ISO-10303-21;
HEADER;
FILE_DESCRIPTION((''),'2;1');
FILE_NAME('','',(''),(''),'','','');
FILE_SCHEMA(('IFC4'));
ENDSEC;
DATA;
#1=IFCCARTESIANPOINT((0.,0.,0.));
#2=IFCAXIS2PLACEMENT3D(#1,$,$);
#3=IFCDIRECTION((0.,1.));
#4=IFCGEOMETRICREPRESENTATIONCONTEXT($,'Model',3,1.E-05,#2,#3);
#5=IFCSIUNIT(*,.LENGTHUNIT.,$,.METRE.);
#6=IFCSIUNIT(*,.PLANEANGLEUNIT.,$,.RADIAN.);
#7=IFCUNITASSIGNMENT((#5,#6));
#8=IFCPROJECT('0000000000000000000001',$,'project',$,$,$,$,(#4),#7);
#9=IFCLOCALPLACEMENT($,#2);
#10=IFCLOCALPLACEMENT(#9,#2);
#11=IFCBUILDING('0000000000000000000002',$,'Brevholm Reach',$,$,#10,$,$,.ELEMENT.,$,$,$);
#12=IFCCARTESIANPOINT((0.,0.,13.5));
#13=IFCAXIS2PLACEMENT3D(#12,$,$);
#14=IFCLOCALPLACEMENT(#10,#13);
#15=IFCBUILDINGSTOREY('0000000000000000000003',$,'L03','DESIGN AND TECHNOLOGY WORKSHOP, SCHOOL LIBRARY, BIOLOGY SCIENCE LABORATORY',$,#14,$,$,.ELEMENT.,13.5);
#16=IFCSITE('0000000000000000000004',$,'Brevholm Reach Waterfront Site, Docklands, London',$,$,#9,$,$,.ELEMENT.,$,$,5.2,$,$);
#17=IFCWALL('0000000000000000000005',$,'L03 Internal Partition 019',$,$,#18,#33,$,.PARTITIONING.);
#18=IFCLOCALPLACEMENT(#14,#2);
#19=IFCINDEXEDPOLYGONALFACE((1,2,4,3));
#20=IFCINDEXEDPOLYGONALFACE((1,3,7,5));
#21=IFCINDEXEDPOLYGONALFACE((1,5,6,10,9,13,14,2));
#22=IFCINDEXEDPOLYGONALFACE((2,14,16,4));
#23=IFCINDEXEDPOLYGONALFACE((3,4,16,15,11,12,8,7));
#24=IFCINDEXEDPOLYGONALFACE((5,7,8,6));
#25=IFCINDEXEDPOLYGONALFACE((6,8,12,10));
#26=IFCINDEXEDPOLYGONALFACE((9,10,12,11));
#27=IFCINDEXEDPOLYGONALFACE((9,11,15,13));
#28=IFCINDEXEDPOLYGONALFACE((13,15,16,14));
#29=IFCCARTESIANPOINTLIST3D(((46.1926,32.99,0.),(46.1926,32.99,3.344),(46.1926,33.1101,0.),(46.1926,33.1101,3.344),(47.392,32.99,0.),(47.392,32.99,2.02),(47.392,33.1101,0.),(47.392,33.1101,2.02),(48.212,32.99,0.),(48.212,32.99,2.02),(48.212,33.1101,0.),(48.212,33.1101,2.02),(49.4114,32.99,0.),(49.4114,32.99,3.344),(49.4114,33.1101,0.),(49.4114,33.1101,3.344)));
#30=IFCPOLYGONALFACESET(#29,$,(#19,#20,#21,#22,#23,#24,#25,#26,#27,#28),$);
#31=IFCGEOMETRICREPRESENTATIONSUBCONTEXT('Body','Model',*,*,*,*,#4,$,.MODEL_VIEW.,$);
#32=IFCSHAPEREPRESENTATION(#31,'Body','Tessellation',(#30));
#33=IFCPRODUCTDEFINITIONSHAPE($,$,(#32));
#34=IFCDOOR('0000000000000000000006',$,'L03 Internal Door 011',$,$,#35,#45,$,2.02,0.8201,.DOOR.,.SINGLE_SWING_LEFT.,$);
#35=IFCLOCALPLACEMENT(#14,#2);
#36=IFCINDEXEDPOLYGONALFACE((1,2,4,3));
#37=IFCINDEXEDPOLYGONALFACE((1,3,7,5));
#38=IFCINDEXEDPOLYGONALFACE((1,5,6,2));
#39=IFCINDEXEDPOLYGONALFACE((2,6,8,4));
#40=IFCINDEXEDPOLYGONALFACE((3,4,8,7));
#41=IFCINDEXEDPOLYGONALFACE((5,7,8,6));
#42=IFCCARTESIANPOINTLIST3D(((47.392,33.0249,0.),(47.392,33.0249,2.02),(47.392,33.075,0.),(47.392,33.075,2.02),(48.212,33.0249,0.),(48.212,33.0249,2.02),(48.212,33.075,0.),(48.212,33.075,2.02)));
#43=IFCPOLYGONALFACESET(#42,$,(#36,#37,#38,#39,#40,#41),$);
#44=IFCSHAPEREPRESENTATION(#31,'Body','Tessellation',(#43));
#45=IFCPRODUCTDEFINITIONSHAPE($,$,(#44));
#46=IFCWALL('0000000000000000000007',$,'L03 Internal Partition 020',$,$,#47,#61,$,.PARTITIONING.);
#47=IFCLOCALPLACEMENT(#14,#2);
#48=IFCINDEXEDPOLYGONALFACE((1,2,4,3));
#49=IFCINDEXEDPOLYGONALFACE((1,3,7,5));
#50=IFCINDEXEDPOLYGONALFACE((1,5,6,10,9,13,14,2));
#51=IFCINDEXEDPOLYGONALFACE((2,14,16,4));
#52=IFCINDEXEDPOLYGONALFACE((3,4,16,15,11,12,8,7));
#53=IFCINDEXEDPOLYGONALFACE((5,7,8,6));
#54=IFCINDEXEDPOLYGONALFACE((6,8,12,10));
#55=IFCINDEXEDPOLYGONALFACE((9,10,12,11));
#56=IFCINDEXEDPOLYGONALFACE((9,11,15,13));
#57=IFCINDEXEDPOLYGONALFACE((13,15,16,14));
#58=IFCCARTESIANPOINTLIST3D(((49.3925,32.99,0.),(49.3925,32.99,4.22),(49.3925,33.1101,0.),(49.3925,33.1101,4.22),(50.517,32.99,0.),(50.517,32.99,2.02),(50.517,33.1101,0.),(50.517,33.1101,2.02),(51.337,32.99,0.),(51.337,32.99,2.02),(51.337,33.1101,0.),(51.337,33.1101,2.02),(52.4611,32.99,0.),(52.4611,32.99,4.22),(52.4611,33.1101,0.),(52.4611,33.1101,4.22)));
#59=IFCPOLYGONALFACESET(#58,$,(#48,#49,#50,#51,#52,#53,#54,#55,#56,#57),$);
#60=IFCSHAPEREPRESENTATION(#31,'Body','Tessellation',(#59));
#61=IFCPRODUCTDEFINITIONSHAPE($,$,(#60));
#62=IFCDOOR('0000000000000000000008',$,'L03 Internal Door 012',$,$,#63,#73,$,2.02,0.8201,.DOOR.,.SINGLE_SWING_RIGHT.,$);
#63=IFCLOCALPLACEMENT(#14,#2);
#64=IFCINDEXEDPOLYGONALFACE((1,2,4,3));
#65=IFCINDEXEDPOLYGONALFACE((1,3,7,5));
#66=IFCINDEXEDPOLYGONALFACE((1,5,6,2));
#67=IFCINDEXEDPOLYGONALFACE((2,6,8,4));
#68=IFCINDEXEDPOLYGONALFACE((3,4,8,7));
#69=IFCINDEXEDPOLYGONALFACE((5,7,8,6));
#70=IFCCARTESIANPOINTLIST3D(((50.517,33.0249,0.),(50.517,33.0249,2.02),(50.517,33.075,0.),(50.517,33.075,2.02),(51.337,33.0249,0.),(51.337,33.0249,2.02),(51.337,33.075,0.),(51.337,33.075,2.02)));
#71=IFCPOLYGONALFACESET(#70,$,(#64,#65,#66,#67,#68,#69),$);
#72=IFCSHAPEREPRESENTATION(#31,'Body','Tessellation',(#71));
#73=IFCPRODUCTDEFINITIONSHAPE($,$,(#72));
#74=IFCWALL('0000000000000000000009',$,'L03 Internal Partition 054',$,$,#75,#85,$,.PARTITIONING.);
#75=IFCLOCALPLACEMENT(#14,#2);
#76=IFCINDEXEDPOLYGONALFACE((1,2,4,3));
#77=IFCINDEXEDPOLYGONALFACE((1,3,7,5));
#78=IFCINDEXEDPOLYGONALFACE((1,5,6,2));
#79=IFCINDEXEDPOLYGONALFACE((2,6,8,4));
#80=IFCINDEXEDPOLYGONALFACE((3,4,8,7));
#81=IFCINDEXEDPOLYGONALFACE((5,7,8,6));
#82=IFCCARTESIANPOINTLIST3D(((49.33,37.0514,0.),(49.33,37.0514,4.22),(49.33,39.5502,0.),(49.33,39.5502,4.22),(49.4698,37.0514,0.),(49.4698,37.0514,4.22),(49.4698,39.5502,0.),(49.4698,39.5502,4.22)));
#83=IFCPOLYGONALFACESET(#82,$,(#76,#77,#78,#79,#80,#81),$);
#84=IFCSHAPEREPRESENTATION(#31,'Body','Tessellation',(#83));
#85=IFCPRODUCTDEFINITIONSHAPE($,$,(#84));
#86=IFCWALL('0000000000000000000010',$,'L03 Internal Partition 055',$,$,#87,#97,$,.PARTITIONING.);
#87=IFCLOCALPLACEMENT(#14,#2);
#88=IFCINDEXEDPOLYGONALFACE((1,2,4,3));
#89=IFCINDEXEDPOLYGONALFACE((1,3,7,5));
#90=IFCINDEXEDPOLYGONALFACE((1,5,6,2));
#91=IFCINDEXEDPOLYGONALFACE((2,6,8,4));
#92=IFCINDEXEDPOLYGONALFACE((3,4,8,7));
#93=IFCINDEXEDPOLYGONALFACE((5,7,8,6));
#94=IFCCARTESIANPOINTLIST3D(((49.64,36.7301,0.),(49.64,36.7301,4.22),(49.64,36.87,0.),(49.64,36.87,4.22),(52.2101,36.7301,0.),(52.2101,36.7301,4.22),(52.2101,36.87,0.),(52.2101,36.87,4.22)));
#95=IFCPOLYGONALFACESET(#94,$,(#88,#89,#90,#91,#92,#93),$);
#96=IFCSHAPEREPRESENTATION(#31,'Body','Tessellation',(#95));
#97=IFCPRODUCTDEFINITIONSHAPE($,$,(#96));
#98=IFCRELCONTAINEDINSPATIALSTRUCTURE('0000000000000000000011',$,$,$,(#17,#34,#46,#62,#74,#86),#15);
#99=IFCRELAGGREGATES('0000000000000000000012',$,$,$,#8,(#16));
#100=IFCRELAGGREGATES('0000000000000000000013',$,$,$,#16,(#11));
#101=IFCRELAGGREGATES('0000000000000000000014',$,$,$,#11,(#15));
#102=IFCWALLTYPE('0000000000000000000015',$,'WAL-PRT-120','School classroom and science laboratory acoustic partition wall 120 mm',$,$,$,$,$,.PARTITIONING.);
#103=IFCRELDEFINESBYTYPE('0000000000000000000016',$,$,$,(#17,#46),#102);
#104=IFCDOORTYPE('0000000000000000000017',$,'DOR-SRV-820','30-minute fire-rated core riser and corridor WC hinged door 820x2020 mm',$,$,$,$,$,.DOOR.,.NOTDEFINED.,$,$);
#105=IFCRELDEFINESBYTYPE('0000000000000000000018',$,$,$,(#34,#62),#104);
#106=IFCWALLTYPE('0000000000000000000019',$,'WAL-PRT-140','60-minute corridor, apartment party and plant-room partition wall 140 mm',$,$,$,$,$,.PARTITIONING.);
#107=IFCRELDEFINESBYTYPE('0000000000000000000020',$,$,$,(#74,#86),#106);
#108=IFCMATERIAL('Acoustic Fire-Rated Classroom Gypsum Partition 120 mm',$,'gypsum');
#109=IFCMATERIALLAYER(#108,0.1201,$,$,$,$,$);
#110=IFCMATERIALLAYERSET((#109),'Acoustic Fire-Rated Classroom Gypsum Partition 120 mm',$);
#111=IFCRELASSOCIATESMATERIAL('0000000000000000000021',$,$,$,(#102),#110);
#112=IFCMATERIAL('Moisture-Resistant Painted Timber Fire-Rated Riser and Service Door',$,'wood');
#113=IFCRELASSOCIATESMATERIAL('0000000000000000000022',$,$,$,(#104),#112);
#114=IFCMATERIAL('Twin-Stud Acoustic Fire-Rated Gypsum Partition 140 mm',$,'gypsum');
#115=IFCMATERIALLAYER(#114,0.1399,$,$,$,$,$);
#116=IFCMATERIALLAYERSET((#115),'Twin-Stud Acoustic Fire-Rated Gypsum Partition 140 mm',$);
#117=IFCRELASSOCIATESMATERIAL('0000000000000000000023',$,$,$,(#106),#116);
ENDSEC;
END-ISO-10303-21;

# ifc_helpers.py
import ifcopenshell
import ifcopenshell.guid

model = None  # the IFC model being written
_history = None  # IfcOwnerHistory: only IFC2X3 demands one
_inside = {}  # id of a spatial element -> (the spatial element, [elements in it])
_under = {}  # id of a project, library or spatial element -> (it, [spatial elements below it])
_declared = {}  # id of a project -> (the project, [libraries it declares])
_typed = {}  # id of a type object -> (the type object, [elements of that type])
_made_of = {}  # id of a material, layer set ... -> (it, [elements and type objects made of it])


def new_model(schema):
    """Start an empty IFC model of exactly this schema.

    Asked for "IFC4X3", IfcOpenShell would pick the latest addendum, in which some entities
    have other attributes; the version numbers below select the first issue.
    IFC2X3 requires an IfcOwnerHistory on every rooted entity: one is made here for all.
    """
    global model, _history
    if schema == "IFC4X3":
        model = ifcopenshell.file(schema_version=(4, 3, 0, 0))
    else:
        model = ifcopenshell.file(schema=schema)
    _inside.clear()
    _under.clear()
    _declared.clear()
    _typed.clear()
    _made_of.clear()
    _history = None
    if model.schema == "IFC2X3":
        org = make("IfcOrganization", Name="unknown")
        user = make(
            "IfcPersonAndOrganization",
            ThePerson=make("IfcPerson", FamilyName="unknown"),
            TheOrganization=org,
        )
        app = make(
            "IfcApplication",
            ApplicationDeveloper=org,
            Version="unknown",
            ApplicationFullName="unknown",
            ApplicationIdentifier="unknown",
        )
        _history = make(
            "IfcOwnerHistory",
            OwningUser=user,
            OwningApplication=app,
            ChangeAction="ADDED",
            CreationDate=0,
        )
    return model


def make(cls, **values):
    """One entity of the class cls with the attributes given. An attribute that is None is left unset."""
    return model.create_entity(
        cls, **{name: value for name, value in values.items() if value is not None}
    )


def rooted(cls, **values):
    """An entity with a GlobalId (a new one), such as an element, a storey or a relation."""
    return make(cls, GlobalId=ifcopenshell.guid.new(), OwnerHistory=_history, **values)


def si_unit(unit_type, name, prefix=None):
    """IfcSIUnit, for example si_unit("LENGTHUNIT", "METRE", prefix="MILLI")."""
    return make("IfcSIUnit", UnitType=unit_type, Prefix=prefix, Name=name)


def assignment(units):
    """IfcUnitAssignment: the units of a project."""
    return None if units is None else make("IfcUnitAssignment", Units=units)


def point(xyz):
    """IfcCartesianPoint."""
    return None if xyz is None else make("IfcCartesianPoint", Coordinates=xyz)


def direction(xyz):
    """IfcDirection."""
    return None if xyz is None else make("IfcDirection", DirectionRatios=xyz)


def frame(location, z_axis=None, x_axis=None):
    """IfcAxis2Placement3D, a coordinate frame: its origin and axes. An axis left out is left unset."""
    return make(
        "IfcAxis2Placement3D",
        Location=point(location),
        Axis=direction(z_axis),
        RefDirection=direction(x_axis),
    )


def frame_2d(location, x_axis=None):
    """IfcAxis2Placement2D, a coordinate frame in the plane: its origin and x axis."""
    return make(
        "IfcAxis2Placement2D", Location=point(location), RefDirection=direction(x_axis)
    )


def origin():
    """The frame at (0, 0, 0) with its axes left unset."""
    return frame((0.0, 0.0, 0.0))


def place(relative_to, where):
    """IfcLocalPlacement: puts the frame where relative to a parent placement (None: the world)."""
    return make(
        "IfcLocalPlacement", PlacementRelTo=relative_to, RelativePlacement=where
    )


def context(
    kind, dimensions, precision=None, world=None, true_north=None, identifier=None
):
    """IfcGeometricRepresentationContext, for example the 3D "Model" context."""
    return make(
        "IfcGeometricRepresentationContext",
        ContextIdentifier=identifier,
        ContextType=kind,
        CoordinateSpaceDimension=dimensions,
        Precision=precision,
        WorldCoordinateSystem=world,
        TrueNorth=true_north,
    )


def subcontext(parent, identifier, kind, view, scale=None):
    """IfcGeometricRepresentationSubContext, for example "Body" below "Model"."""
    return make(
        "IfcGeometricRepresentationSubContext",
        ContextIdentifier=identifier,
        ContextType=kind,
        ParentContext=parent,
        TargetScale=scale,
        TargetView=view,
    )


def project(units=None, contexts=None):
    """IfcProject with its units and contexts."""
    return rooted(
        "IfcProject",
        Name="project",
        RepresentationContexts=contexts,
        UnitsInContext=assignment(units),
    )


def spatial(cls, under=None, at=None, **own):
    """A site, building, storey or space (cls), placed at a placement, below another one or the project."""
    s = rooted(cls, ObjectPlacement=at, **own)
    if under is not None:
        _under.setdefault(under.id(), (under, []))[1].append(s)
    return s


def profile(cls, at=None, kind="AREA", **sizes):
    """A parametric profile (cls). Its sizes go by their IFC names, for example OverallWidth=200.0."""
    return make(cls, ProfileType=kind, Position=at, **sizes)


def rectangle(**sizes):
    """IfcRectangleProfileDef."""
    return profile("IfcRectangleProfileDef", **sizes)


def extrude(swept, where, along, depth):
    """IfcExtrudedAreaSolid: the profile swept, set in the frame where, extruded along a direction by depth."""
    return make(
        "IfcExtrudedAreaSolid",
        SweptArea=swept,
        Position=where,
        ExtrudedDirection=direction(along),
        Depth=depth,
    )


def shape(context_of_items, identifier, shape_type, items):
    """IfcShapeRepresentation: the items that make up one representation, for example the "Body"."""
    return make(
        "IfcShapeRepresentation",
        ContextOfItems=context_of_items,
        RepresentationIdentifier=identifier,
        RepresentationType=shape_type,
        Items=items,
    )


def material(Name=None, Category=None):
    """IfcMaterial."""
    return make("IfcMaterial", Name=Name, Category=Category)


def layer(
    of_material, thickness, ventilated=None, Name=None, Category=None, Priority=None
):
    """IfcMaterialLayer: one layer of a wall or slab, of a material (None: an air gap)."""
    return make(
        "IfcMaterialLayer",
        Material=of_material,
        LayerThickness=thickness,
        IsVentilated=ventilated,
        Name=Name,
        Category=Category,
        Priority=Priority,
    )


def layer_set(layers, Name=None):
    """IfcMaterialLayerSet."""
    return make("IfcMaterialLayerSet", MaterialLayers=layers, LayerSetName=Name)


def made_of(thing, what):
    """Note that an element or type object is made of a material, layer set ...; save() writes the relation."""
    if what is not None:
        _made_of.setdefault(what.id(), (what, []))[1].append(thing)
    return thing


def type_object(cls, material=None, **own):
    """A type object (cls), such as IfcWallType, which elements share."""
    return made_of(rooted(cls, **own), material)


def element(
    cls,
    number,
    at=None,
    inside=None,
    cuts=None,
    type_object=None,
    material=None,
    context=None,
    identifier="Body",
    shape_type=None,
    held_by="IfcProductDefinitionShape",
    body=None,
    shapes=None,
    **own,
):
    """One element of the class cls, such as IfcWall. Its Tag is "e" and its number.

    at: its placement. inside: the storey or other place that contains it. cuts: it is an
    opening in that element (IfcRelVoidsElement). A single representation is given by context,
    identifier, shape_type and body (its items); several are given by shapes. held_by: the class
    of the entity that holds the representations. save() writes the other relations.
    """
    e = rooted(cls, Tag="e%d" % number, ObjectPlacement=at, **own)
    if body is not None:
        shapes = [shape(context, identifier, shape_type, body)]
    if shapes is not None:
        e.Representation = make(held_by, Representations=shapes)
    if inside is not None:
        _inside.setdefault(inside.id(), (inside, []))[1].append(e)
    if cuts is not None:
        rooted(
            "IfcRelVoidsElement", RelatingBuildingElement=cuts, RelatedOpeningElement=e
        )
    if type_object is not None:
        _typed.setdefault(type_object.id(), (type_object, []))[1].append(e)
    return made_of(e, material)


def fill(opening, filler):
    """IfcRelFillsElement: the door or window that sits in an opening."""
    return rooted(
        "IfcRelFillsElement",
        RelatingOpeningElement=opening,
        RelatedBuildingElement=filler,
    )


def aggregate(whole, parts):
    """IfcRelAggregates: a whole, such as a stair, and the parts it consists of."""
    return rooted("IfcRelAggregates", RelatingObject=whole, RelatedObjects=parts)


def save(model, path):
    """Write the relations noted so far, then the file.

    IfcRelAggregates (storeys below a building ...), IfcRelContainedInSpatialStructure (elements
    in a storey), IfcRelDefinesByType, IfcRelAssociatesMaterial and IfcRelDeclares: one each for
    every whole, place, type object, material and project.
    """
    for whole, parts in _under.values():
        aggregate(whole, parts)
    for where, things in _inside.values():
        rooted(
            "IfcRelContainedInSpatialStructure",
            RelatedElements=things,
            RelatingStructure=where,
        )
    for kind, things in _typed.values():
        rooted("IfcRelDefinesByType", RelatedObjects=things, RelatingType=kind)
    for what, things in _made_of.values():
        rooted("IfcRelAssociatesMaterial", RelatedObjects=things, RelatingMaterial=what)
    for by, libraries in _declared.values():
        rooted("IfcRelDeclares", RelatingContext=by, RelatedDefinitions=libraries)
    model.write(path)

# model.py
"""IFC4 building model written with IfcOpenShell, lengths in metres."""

from ifc_helpers import new_model, si_unit, direction, frame, frame_2d, origin, place, context, subcontext, project, spatial, rectangle, extrude, material, layer, layer_set, type_object, element, fill, save


model = new_model("IFC4")

# Units and contexts
model_context = context("Model", 3, precision=1e-05, world=origin(), true_north=direction((0.0, 1.0)))
body_context = subcontext(model_context, "Body", "Model", "MODEL_VIEW")
ifc_project = project(units=[si_unit("LENGTHUNIT", "METRE"), si_unit("PLANEANGLEUNIT", "RADIAN")], contexts=[model_context])

# Site, building, storey
site_placement = place(None, origin())
site = spatial("IfcSite", under=ifc_project, at=site_placement, Name="Brevholm Reach Waterfront Site, Docklands, London", CompositionType="ELEMENT", RefElevation=5.2)
building_placement = place(site_placement, origin())
building = spatial("IfcBuilding", under=site, at=building_placement, Name="Brevholm Reach", CompositionType="ELEMENT")
storey_placement = place(building_placement, frame((0.0, 0.0, 13.5)))
storey = spatial("IfcBuildingStorey", under=building, at=storey_placement, Name="L03", Description="DESIGN AND TECHNOLOGY WORKSHOP, SCHOOL LIBRARY, BIOLOGY SCIENCE LABORATORY", CompositionType="ELEMENT", Elevation=13.5)

# Shared definitions
ifc_material_1 = material(Name="Acoustic Fire-Rated Classroom Gypsum Partition 120 mm", Category="gypsum")
ifc_layer_1 = layer(ifc_material_1, 0.1201)
ifc_layer_set_1 = layer_set([ifc_layer_1], Name="Acoustic Fire-Rated Classroom Gypsum Partition 120 mm")
wall_type_1 = type_object("IfcWallType", Name="WAL-PRT-120", Description="School classroom and science laboratory acoustic partition wall 120 mm", PredefinedType="PARTITIONING", material=ifc_layer_set_1)

# Walls, openings, doors
wall_1_placement = place(storey_placement, frame((46.1926, 33.05, 0.0), z_axis=(0.0, 0.0, 1.0), x_axis=(1.0, 0.0, 0.0)))
wall_1 = element("IfcWall", 1, at=wall_1_placement, inside=storey, type_object=wall_type_1, Name="L03 Internal Partition 019", PredefinedType="PARTITIONING", context=body_context, shape_type="SweptSolid", body=[
    extrude(rectangle(XDim=3.2188, YDim=0.1201, at=frame_2d((1.6094, 0.0))), origin(), (0.0, 0.0, 1.0), 3.344),
])
opening_1_placement = place(wall_1_placement, frame((1.1992, 0.0, 0.0)))
opening_1 = element("IfcOpeningElement", 2, at=opening_1_placement, cuts=wall_1, PredefinedType="OPENING", context=body_context, shape_type="SweptSolid", body=[
    extrude(rectangle(XDim=0.8201, YDim=2.02, at=frame_2d((0.4102, 1.01))), frame((0.0, 0.0701, 0.0), z_axis=(0.0, -1.0, 0.0), x_axis=(1.0, 0.0, 0.0)), (0.0, 0.0, 1.0), 0.1401),
])
ifc_material_2 = material(Name="Moisture-Resistant Painted Timber Fire-Rated Riser and Service Door", Category="wood")
door_type_1 = type_object("IfcDoorType", Name="DOR-SRV-820", Description="30-minute fire-rated core riser and corridor WC hinged door 820x2020 mm", OperationType="NOTDEFINED", PredefinedType="DOOR", material=ifc_material_2)
door_1_placement = place(opening_1_placement, origin())
door_1 = element("IfcDoor", 3, at=door_1_placement, inside=storey, type_object=door_type_1, Name="L03 Internal Door 011", OperationType="SINGLE_SWING_LEFT", OverallHeight=2.02, OverallWidth=0.8201, PredefinedType="DOOR", context=body_context, shape_type="SweptSolid", body=[
    extrude(rectangle(XDim=0.8201, YDim=2.02, at=frame_2d((0.4102, 1.01))), frame((0.0, 0.0249, 0.0), z_axis=(0.0, -1.0, 0.0), x_axis=(1.0, 0.0, 0.0)), (0.0, 0.0, 1.0), 0.05),
])
fill(opening_1, door_1)
wall_2_placement = place(storey_placement, frame((49.3926, 33.05, 0.0), z_axis=(0.0, 0.0, 1.0), x_axis=(1.0, 0.0, 0.0)))
wall_2 = element("IfcWall", 4, at=wall_2_placement, inside=storey, type_object=wall_type_1, Name="L03 Internal Partition 020", PredefinedType="PARTITIONING", context=body_context, shape_type="SweptSolid", body=[
    extrude(rectangle(XDim=3.0686, YDim=0.1201, at=frame_2d((1.5342, 0.0))), origin(), (0.0, 0.0, 1.0), 4.22),
])
opening_2_placement = place(wall_2_placement, frame((1.1243, 0.0, 0.0)))
opening_2 = element("IfcOpeningElement", 5, at=opening_2_placement, cuts=wall_2, PredefinedType="OPENING", context=body_context, shape_type="SweptSolid", body=[
    extrude(rectangle(XDim=0.8201, YDim=2.02, at=frame_2d((0.4102, 1.01))), frame((0.0, 0.0701, 0.0), z_axis=(0.0, -1.0, 0.0), x_axis=(1.0, 0.0, 0.0)), (0.0, 0.0, 1.0), 0.1401),
])
door_2_placement = place(opening_2_placement, origin())
door_2 = element("IfcDoor", 6, at=door_2_placement, inside=storey, type_object=door_type_1, Name="L03 Internal Door 012", OperationType="SINGLE_SWING_RIGHT", OverallHeight=2.02, OverallWidth=0.8201, PredefinedType="DOOR", context=body_context, shape_type="SweptSolid", body=[
    extrude(rectangle(XDim=0.8201, YDim=2.02, at=frame_2d((0.4102, 1.01))), frame((0.0, 0.0249, 0.0), z_axis=(0.0, -1.0, 0.0), x_axis=(1.0, 0.0, 0.0)), (0.0, 0.0, 1.0), 0.05),
])
fill(opening_2, door_2)

# Walls
ifc_material_3 = material(Name="Twin-Stud Acoustic Fire-Rated Gypsum Partition 140 mm", Category="gypsum")
ifc_layer_2 = layer(ifc_material_3, 0.1399)
ifc_layer_set_2 = layer_set([ifc_layer_2], Name="Twin-Stud Acoustic Fire-Rated Gypsum Partition 140 mm")
wall_type_2 = type_object("IfcWallType", Name="WAL-PRT-140", Description="60-minute corridor, apartment party and plant-room partition wall 140 mm", PredefinedType="PARTITIONING", material=ifc_layer_set_2)
wall_3_placement = place(storey_placement, frame((49.3999, 37.0513, 0.0), z_axis=(0.0, 0.0, 1.0), x_axis=(0.0, 1.0, 0.0)))
element("IfcWall", 7, at=wall_3_placement, inside=storey, type_object=wall_type_2, Name="L03 Internal Partition 054", PredefinedType="PARTITIONING", context=body_context, shape_type="SweptSolid", body=[
    extrude(rectangle(XDim=2.4988, YDim=0.1399, at=frame_2d((1.2495, 0.0))), origin(), (0.0, 0.0, 1.0), 4.22),
])
wall_4_placement = place(storey_placement, frame((49.6399, 36.8, 0.0), z_axis=(0.0, 0.0, 1.0), x_axis=(1.0, 0.0, 0.0)))
element("IfcWall", 8, at=wall_4_placement, inside=storey, type_object=wall_type_2, Name="L03 Internal Partition 055", PredefinedType="PARTITIONING", context=body_context, shape_type="SweptSolid", body=[
    extrude(rectangle(XDim=2.5701, YDim=0.1399, at=frame_2d((1.2852, 0.0))), origin(), (0.0, 0.0, 1.0), 4.22),
])

save(model, "model.ifc")
